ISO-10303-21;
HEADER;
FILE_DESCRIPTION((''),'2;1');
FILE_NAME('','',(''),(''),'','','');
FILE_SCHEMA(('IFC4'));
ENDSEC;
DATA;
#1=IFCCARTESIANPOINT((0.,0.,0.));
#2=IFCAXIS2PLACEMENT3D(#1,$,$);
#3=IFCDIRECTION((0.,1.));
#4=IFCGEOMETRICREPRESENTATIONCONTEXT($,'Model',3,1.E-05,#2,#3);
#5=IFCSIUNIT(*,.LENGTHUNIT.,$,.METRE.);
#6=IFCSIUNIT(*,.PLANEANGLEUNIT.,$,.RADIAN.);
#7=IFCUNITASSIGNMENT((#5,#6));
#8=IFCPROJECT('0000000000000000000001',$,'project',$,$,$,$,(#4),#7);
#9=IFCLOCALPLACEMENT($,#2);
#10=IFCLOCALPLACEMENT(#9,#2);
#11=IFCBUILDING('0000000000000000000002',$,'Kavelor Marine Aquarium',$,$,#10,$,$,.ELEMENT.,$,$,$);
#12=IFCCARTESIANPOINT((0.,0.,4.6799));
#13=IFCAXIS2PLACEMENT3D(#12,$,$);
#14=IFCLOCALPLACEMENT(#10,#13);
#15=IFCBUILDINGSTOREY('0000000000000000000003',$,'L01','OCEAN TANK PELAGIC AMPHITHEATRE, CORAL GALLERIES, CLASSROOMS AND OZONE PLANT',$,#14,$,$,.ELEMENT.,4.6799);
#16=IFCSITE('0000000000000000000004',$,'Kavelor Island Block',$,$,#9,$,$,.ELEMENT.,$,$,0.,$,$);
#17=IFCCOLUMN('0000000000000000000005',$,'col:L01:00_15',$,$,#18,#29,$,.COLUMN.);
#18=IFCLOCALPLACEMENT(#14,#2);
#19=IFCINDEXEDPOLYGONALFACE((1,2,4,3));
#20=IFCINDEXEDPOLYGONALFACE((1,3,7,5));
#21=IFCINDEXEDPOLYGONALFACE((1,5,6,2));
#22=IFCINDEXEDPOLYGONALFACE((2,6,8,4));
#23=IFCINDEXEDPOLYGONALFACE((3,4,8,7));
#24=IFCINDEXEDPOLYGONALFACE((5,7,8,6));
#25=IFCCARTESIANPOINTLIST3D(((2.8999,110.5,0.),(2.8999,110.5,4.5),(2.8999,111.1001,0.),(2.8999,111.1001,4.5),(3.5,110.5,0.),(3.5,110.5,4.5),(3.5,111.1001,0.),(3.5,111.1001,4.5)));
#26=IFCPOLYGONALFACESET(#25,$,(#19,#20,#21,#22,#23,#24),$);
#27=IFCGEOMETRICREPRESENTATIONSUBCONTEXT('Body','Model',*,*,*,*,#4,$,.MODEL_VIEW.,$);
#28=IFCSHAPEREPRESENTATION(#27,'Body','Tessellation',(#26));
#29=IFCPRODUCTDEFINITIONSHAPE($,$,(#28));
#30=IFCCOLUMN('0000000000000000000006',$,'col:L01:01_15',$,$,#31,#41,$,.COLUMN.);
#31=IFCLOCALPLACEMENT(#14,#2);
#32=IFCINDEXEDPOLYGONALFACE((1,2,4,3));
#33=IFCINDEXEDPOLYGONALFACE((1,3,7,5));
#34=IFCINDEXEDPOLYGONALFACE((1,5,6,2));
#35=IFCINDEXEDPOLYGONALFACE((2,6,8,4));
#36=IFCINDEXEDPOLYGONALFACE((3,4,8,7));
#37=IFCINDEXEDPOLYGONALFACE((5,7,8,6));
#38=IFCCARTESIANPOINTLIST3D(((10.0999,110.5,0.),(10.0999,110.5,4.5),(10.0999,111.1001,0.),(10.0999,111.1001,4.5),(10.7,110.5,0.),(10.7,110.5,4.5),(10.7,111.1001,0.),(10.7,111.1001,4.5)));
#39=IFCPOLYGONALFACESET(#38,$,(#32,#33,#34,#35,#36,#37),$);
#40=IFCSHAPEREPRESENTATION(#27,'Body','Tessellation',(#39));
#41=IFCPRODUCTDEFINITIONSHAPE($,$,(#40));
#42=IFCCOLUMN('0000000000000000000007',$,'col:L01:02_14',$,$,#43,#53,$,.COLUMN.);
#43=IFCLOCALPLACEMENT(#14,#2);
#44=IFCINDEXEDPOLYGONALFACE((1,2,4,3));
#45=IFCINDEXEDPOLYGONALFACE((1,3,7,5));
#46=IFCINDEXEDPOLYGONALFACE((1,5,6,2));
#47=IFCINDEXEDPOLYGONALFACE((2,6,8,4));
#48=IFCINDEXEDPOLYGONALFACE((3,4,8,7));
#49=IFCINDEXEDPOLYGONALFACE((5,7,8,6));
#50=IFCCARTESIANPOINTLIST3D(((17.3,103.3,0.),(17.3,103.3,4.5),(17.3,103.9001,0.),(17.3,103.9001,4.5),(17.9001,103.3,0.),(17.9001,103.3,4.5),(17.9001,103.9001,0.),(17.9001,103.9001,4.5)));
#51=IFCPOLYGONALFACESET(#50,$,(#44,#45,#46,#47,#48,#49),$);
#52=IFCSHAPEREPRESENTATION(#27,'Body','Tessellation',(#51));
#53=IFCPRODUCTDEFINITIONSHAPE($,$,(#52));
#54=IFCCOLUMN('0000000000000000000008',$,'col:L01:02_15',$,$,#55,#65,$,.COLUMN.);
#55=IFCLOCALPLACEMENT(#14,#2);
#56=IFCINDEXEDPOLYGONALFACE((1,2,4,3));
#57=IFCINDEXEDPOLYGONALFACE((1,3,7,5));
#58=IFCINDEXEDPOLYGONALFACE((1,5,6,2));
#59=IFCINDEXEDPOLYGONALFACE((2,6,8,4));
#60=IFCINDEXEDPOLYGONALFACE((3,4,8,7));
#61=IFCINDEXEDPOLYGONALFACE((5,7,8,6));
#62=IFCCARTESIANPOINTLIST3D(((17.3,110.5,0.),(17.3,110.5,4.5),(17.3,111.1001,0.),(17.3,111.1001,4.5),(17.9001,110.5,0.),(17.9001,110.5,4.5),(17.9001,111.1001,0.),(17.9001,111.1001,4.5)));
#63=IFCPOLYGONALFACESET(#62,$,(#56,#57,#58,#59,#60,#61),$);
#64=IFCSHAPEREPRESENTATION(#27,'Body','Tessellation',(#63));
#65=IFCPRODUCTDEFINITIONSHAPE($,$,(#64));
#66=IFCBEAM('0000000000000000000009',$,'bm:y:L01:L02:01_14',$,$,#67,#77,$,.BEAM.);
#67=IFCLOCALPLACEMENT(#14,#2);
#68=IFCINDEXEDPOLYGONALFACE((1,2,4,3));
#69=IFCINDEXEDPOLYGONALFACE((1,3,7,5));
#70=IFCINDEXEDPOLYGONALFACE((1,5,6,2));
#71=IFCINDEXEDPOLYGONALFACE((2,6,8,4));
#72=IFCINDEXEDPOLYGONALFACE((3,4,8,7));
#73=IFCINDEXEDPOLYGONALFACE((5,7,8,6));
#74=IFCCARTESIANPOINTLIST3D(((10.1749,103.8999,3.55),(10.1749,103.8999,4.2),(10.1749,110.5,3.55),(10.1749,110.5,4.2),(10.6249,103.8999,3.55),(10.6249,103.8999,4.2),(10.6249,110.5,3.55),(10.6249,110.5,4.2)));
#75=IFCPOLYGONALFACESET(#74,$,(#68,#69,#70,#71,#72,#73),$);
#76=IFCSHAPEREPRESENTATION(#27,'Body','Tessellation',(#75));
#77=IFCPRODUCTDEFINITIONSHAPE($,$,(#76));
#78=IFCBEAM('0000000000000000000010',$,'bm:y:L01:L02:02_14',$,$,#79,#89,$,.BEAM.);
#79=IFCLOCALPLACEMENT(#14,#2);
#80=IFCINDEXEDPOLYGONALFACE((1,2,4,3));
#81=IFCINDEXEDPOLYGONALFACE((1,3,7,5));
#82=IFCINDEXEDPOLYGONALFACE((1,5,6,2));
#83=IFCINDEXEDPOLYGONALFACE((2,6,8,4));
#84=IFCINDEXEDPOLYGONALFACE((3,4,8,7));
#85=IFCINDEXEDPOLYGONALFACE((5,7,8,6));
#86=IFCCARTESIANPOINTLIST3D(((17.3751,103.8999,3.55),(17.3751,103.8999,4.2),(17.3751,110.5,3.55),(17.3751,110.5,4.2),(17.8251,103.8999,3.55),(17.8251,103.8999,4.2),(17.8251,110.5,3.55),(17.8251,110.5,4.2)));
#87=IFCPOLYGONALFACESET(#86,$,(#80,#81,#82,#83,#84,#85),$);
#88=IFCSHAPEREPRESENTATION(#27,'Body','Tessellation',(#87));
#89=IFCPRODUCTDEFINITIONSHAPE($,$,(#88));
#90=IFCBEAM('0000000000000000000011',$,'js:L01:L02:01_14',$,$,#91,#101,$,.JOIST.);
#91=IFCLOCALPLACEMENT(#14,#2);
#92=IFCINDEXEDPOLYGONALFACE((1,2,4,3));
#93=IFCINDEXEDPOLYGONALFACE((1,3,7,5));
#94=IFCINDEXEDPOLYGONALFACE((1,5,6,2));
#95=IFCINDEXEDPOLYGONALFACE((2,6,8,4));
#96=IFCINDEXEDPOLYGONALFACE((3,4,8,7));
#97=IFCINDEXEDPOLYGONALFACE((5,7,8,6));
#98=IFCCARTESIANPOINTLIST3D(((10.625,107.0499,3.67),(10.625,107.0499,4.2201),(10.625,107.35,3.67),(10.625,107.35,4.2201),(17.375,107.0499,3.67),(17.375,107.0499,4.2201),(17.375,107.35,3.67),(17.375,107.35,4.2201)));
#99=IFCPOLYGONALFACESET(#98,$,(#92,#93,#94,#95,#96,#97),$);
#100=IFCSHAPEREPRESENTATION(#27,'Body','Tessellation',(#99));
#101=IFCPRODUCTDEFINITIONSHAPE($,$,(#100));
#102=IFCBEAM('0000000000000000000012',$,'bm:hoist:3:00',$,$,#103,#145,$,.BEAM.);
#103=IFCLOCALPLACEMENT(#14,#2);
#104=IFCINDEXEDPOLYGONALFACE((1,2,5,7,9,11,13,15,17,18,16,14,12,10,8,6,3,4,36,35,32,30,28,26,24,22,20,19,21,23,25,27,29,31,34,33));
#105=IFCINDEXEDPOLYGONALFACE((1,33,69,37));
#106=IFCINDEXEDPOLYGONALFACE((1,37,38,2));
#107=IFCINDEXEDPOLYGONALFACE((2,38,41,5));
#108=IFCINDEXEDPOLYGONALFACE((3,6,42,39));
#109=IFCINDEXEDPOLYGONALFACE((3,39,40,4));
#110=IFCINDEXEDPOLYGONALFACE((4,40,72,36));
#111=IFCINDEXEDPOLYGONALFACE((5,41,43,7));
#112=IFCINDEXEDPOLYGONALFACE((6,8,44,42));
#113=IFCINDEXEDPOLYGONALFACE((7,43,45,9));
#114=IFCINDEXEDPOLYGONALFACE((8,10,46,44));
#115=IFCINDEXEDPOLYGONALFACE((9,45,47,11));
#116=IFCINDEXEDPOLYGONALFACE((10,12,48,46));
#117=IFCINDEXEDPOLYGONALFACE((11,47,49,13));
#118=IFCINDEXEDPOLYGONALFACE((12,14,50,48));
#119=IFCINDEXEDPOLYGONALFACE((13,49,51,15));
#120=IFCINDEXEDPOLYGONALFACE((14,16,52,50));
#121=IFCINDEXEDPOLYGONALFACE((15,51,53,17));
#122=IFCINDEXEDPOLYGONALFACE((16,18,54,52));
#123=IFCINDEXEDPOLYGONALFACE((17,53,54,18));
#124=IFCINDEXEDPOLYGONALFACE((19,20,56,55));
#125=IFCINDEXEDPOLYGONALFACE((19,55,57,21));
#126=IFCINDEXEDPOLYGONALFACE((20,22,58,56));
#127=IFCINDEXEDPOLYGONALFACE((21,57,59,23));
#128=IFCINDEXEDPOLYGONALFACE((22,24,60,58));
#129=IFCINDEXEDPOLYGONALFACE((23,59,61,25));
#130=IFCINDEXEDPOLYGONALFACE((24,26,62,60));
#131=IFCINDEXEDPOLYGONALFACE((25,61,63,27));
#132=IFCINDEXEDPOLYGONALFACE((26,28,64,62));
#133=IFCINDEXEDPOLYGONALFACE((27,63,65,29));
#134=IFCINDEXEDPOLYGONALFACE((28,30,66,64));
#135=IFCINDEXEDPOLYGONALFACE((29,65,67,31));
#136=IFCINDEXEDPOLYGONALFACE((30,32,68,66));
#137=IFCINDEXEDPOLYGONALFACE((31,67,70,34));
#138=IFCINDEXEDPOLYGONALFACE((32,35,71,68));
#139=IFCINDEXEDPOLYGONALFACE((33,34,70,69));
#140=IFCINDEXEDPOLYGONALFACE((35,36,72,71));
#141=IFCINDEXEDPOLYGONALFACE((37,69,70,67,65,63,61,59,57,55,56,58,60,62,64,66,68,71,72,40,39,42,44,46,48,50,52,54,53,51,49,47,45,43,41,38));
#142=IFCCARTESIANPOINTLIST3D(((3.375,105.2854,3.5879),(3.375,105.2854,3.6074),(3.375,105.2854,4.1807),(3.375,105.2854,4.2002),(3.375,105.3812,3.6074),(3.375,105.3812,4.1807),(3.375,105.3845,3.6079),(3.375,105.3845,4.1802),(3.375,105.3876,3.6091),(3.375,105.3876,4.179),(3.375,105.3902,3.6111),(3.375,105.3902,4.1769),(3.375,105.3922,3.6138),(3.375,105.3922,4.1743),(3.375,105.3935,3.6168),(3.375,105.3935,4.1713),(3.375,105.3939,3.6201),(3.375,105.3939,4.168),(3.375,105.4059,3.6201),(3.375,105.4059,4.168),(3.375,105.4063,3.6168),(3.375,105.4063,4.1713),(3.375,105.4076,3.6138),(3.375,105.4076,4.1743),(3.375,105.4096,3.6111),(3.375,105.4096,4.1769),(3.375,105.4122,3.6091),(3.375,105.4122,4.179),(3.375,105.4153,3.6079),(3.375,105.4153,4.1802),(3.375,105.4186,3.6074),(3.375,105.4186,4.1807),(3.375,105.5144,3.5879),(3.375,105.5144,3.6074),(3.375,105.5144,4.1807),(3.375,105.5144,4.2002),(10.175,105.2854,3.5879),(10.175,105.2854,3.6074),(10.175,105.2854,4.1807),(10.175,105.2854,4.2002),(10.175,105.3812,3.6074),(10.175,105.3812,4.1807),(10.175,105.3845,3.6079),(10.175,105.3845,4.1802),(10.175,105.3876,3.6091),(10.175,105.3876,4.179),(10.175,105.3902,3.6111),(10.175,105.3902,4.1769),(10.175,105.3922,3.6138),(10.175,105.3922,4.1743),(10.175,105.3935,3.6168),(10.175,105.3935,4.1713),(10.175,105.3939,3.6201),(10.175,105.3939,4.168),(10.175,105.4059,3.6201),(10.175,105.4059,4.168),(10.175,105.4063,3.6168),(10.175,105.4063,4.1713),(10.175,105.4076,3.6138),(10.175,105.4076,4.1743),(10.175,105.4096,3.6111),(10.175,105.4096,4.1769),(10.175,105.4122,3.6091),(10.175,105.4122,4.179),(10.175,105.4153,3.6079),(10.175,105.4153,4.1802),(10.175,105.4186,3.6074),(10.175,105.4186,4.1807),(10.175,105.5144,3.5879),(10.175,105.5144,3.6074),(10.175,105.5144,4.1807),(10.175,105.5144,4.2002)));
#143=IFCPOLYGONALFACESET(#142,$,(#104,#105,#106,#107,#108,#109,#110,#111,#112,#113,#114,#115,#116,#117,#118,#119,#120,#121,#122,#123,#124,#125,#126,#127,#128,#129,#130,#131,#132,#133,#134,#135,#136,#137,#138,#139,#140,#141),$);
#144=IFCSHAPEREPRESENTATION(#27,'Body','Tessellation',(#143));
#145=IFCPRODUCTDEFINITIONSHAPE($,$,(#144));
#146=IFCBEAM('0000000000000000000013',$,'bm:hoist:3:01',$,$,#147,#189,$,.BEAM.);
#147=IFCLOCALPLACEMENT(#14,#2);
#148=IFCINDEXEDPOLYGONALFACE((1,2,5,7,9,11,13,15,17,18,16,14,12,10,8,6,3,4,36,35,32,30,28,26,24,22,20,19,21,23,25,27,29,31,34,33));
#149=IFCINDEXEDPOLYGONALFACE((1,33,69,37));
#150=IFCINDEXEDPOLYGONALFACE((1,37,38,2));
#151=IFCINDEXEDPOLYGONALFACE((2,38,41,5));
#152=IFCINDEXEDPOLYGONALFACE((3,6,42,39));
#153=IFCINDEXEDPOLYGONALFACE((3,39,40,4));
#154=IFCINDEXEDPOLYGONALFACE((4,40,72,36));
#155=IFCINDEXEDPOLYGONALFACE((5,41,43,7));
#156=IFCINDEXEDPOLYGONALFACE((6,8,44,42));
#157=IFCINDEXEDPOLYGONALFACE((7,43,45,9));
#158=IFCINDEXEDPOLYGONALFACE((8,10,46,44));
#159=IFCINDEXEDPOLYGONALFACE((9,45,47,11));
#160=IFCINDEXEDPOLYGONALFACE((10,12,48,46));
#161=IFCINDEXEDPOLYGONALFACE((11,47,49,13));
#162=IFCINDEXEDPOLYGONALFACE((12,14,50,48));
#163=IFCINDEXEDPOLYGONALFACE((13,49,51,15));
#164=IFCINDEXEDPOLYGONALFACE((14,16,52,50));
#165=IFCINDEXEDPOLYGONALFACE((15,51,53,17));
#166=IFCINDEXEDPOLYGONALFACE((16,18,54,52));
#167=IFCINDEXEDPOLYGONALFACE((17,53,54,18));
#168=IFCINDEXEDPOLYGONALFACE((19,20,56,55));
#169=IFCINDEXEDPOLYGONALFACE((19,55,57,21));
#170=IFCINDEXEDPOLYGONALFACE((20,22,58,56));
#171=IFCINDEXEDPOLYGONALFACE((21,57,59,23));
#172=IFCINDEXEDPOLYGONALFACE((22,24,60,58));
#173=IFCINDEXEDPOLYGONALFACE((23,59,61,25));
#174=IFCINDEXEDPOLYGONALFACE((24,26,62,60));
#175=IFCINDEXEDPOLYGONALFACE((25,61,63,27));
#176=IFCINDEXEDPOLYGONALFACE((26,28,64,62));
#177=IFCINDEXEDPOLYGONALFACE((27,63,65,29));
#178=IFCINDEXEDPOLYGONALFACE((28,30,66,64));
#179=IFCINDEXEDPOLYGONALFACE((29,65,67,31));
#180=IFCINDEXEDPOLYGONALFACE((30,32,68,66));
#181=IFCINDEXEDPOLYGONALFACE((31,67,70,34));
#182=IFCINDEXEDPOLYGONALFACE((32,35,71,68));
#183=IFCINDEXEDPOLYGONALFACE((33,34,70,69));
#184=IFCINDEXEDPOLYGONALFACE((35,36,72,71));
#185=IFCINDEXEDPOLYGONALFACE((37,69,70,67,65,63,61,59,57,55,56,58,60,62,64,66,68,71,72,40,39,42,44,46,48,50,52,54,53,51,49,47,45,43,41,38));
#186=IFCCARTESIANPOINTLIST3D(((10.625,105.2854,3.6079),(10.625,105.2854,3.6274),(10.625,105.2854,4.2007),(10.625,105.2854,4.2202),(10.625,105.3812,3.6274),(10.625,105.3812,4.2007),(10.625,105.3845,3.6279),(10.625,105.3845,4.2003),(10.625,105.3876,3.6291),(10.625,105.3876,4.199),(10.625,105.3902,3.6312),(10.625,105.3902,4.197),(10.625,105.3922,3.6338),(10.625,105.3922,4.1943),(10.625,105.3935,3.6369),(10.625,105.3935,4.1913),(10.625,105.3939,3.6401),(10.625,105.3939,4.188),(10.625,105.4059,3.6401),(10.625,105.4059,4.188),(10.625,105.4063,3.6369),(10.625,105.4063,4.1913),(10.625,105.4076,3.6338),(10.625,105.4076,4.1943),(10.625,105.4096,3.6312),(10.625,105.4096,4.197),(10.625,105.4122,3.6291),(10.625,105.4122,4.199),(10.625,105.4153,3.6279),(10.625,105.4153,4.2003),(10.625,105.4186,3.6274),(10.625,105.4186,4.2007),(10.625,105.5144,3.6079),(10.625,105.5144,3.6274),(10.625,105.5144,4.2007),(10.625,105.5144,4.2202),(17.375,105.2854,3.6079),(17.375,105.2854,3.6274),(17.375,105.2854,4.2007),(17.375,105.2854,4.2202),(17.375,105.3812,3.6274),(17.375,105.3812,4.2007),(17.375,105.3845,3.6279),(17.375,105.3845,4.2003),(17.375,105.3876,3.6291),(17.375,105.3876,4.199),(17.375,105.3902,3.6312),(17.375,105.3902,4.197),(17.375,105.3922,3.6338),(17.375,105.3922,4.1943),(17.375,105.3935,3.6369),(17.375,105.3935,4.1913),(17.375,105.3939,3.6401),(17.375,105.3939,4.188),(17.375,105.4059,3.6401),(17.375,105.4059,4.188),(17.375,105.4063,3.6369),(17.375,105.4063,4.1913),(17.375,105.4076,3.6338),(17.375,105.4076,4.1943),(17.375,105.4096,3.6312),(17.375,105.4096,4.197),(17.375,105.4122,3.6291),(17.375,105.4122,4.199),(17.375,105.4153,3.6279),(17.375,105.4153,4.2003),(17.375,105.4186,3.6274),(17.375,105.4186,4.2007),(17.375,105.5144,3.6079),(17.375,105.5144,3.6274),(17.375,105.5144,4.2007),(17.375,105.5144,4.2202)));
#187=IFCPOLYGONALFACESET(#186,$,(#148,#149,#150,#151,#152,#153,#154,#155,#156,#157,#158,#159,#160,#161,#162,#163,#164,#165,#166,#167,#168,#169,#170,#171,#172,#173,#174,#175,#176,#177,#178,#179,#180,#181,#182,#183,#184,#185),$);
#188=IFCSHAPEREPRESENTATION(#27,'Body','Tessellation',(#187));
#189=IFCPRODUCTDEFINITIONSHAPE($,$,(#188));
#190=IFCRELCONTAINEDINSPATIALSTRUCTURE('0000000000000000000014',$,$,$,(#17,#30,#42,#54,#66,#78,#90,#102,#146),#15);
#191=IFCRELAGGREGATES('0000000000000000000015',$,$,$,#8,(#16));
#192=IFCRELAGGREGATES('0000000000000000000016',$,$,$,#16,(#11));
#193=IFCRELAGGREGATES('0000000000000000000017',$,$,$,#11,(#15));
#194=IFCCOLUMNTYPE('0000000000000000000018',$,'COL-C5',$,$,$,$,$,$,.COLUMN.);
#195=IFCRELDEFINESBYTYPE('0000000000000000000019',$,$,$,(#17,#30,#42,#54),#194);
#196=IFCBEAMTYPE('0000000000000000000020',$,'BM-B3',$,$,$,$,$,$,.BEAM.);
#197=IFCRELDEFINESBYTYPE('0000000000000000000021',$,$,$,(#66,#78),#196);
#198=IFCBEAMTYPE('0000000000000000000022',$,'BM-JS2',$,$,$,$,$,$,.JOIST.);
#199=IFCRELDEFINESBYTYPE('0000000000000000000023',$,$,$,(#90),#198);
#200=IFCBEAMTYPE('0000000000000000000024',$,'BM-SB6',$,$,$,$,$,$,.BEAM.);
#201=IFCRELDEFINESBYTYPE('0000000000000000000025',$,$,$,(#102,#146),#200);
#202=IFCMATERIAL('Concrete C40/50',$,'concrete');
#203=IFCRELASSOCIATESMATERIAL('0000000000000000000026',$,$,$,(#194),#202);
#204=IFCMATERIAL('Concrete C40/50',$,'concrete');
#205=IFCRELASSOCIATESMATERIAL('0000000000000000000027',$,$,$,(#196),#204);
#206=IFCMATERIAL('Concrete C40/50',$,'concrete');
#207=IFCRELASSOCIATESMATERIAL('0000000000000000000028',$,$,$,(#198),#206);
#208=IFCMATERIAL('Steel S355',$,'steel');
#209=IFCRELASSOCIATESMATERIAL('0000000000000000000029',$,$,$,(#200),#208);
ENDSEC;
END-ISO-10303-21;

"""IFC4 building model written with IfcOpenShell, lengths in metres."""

from ifc_helpers import new_model, si_unit, direction, frame, origin, origin_2d, place, context, subcontext, project, spatial, rectangle, i_section, extrude, material, material_profile, profile_set, type_object, element, save


model = new_model("IFC4")

# Units and contexts
model_context = context("Model", 3, precision=1e-05, world=origin(), true_north=direction((0.0, 1.0)))
body_context = subcontext(model_context, "Body", "Model", "MODEL_VIEW")
ifc_project = project(units=[si_unit("LENGTHUNIT", "METRE"), si_unit("PLANEANGLEUNIT", "RADIAN")], contexts=[model_context])

# Site, building, storey
site_placement = place(None, origin())
site = spatial("IfcSite", under=ifc_project, at=site_placement, Name="Kavelor Island Block", CompositionType="ELEMENT", RefElevation=0.0)
building_placement = place(site_placement, origin())
building = spatial("IfcBuilding", under=site, at=building_placement, Name="Kavelor Marine Aquarium", CompositionType="ELEMENT")
storey_placement = place(building_placement, frame((0.0, 0.0, 4.6799)))
storey = spatial("IfcBuildingStorey", under=building, at=storey_placement, Name="L01", Description="OCEAN TANK PELAGIC AMPHITHEATRE, CORAL GALLERIES, CLASSROOMS AND OZONE PLANT", CompositionType="ELEMENT", Elevation=4.6799)

# Columns
ifc_material_1 = material(Name="Concrete C40/50", Category="concrete")
ifc_material_profile_1 = material_profile(ifc_material_1, rectangle(XDim=0.6001, YDim=0.6001, at=origin_2d()), Name="RC-COL 600x600")
ifc_profile_set_1 = profile_set([ifc_material_profile_1], Name="Concrete C40/50")
column_type = type_object("IfcColumnType", Name="COL-C5", PredefinedType="COLUMN", material=ifc_profile_set_1)
for number, where, z_axis, x_axis, name in (
    (1, (3.2, 110.8, 0.0), (0.0, 0.0, 1.0), (1.0, 0.0, 0.0), "col:L01:00_15"),
    (2, (10.3999, 110.8, 0.0), (0.0, 0.0, 1.0), (1.0, 0.0, 0.0), "col:L01:01_15"),
    (3, (17.6001, 103.6001, 0.0), (0.0, 0.0, 1.0), (1.0, 0.0, 0.0), "col:L01:02_14"),
    (4, (17.6001, 110.8, 0.0), (0.0, 0.0, 1.0), (1.0, 0.0, 0.0), "col:L01:02_15"),
):
    element("IfcColumn", number, at=place(storey_placement, frame(where, z_axis=z_axis, x_axis=x_axis)), inside=storey, type_object=column_type, Name=name, PredefinedType="COLUMN", context=body_context, shape_type="SweptSolid", body=[
        extrude(rectangle(XDim=0.6001, YDim=0.6001, at=origin_2d()), origin(), (0.0, 0.0, 1.0), 4.5),
    ])

# Beams
ifc_material_2 = material(Name="Concrete C40/50", Category="concrete")
ifc_material_profile_2 = material_profile(ifc_material_2, rectangle(XDim=0.45, YDim=0.6499, at=origin_2d()), Name="RC-BM 450x650")
ifc_profile_set_2 = profile_set([ifc_material_profile_2], Name="Concrete C40/50")
beam_type_1 = type_object("IfcBeamType", Name="BM-B3", PredefinedType="BEAM", material=ifc_profile_set_2)
for number, where, z_axis, x_axis, name in (
    (5, (10.3999, 103.8999, 3.875), (0.0, 1.0, 0.0), (-1.0, 0.0, 0.0), "bm:y:L01:L02:01_14"),
    (6, (17.6001, 103.8999, 3.875), (0.0, 1.0, 0.0), (-1.0, 0.0, 0.0), "bm:y:L01:L02:02_14"),
):
    element("IfcBeam", number, at=place(storey_placement, frame(where, z_axis=z_axis, x_axis=x_axis)), inside=storey, type_object=beam_type_1, Name=name, PredefinedType="BEAM", context=body_context, shape_type="SweptSolid", body=[
        extrude(rectangle(XDim=0.45, YDim=0.6499, at=origin_2d()), origin(), (0.0, 0.0, 1.0), 6.6001),
    ])
ifc_material_3 = material(Name="Concrete C40/50", Category="concrete")
ifc_material_profile_3 = material_profile(ifc_material_3, rectangle(XDim=0.3, YDim=0.55, at=origin_2d()), Name="RC-JS 300x550")
ifc_profile_set_3 = profile_set([ifc_material_profile_3], Name="Concrete C40/50")
beam_type_2 = type_object("IfcBeamType", Name="BM-JS2", PredefinedType="JOIST", material=ifc_profile_set_3)
beam_1_placement = place(storey_placement, frame((10.625, 107.2, 3.9451), z_axis=(1.0, 0.0, 0.0), x_axis=(0.0, 1.0, 0.0)))
element("IfcBeam", 7, at=beam_1_placement, inside=storey, type_object=beam_type_2, Name="js:L01:L02:01_14", PredefinedType="JOIST", context=body_context, shape_type="SweptSolid", body=[
    extrude(rectangle(XDim=0.3, YDim=0.55, at=origin_2d()), origin(), (0.0, 0.0, 1.0), 6.75),
])
ifc_material_4 = material(Name="Steel S355", Category="steel")
ifc_material_profile_4 = material_profile(ifc_material_4, i_section(OverallWidth=0.229, OverallDepth=0.6123, WebThickness=0.012, FlangeThickness=0.0195, FilletRadius=0.0127, at=origin_2d()), Name="UKB 610x229x125")
ifc_profile_set_4 = profile_set([ifc_material_profile_4], Name="Steel S355")
beam_type_3 = type_object("IfcBeamType", Name="BM-SB6", PredefinedType="BEAM", material=ifc_profile_set_4)
beam_2_placement = place(storey_placement, frame((3.375, 105.3999, 3.894), z_axis=(1.0, 0.0, 0.0), x_axis=(0.0, 1.0, 0.0)))
element("IfcBeam", 8, at=beam_2_placement, inside=storey, type_object=beam_type_3, Name="bm:hoist:3:00", PredefinedType="BEAM", context=body_context, shape_type="SweptSolid", body=[
    extrude(i_section(OverallWidth=0.229, OverallDepth=0.6123, WebThickness=0.012, FlangeThickness=0.0195, FilletRadius=0.0127, at=origin_2d()), origin(), (0.0, 0.0, 1.0), 6.8),
])
beam_3_placement = place(storey_placement, frame((10.625, 105.3999, 3.9141), z_axis=(1.0, 0.0, 0.0), x_axis=(0.0, 1.0, 0.0)))
element("IfcBeam", 9, at=beam_3_placement, inside=storey, type_object=beam_type_3, Name="bm:hoist:3:01", PredefinedType="BEAM", context=body_context, shape_type="SweptSolid", body=[
    extrude(i_section(OverallWidth=0.229, OverallDepth=0.6123, WebThickness=0.012, FlangeThickness=0.0195, FilletRadius=0.0127, at=origin_2d()), origin(), (0.0, 0.0, 1.0), 6.75),
])

save(model, "model.ifc")
